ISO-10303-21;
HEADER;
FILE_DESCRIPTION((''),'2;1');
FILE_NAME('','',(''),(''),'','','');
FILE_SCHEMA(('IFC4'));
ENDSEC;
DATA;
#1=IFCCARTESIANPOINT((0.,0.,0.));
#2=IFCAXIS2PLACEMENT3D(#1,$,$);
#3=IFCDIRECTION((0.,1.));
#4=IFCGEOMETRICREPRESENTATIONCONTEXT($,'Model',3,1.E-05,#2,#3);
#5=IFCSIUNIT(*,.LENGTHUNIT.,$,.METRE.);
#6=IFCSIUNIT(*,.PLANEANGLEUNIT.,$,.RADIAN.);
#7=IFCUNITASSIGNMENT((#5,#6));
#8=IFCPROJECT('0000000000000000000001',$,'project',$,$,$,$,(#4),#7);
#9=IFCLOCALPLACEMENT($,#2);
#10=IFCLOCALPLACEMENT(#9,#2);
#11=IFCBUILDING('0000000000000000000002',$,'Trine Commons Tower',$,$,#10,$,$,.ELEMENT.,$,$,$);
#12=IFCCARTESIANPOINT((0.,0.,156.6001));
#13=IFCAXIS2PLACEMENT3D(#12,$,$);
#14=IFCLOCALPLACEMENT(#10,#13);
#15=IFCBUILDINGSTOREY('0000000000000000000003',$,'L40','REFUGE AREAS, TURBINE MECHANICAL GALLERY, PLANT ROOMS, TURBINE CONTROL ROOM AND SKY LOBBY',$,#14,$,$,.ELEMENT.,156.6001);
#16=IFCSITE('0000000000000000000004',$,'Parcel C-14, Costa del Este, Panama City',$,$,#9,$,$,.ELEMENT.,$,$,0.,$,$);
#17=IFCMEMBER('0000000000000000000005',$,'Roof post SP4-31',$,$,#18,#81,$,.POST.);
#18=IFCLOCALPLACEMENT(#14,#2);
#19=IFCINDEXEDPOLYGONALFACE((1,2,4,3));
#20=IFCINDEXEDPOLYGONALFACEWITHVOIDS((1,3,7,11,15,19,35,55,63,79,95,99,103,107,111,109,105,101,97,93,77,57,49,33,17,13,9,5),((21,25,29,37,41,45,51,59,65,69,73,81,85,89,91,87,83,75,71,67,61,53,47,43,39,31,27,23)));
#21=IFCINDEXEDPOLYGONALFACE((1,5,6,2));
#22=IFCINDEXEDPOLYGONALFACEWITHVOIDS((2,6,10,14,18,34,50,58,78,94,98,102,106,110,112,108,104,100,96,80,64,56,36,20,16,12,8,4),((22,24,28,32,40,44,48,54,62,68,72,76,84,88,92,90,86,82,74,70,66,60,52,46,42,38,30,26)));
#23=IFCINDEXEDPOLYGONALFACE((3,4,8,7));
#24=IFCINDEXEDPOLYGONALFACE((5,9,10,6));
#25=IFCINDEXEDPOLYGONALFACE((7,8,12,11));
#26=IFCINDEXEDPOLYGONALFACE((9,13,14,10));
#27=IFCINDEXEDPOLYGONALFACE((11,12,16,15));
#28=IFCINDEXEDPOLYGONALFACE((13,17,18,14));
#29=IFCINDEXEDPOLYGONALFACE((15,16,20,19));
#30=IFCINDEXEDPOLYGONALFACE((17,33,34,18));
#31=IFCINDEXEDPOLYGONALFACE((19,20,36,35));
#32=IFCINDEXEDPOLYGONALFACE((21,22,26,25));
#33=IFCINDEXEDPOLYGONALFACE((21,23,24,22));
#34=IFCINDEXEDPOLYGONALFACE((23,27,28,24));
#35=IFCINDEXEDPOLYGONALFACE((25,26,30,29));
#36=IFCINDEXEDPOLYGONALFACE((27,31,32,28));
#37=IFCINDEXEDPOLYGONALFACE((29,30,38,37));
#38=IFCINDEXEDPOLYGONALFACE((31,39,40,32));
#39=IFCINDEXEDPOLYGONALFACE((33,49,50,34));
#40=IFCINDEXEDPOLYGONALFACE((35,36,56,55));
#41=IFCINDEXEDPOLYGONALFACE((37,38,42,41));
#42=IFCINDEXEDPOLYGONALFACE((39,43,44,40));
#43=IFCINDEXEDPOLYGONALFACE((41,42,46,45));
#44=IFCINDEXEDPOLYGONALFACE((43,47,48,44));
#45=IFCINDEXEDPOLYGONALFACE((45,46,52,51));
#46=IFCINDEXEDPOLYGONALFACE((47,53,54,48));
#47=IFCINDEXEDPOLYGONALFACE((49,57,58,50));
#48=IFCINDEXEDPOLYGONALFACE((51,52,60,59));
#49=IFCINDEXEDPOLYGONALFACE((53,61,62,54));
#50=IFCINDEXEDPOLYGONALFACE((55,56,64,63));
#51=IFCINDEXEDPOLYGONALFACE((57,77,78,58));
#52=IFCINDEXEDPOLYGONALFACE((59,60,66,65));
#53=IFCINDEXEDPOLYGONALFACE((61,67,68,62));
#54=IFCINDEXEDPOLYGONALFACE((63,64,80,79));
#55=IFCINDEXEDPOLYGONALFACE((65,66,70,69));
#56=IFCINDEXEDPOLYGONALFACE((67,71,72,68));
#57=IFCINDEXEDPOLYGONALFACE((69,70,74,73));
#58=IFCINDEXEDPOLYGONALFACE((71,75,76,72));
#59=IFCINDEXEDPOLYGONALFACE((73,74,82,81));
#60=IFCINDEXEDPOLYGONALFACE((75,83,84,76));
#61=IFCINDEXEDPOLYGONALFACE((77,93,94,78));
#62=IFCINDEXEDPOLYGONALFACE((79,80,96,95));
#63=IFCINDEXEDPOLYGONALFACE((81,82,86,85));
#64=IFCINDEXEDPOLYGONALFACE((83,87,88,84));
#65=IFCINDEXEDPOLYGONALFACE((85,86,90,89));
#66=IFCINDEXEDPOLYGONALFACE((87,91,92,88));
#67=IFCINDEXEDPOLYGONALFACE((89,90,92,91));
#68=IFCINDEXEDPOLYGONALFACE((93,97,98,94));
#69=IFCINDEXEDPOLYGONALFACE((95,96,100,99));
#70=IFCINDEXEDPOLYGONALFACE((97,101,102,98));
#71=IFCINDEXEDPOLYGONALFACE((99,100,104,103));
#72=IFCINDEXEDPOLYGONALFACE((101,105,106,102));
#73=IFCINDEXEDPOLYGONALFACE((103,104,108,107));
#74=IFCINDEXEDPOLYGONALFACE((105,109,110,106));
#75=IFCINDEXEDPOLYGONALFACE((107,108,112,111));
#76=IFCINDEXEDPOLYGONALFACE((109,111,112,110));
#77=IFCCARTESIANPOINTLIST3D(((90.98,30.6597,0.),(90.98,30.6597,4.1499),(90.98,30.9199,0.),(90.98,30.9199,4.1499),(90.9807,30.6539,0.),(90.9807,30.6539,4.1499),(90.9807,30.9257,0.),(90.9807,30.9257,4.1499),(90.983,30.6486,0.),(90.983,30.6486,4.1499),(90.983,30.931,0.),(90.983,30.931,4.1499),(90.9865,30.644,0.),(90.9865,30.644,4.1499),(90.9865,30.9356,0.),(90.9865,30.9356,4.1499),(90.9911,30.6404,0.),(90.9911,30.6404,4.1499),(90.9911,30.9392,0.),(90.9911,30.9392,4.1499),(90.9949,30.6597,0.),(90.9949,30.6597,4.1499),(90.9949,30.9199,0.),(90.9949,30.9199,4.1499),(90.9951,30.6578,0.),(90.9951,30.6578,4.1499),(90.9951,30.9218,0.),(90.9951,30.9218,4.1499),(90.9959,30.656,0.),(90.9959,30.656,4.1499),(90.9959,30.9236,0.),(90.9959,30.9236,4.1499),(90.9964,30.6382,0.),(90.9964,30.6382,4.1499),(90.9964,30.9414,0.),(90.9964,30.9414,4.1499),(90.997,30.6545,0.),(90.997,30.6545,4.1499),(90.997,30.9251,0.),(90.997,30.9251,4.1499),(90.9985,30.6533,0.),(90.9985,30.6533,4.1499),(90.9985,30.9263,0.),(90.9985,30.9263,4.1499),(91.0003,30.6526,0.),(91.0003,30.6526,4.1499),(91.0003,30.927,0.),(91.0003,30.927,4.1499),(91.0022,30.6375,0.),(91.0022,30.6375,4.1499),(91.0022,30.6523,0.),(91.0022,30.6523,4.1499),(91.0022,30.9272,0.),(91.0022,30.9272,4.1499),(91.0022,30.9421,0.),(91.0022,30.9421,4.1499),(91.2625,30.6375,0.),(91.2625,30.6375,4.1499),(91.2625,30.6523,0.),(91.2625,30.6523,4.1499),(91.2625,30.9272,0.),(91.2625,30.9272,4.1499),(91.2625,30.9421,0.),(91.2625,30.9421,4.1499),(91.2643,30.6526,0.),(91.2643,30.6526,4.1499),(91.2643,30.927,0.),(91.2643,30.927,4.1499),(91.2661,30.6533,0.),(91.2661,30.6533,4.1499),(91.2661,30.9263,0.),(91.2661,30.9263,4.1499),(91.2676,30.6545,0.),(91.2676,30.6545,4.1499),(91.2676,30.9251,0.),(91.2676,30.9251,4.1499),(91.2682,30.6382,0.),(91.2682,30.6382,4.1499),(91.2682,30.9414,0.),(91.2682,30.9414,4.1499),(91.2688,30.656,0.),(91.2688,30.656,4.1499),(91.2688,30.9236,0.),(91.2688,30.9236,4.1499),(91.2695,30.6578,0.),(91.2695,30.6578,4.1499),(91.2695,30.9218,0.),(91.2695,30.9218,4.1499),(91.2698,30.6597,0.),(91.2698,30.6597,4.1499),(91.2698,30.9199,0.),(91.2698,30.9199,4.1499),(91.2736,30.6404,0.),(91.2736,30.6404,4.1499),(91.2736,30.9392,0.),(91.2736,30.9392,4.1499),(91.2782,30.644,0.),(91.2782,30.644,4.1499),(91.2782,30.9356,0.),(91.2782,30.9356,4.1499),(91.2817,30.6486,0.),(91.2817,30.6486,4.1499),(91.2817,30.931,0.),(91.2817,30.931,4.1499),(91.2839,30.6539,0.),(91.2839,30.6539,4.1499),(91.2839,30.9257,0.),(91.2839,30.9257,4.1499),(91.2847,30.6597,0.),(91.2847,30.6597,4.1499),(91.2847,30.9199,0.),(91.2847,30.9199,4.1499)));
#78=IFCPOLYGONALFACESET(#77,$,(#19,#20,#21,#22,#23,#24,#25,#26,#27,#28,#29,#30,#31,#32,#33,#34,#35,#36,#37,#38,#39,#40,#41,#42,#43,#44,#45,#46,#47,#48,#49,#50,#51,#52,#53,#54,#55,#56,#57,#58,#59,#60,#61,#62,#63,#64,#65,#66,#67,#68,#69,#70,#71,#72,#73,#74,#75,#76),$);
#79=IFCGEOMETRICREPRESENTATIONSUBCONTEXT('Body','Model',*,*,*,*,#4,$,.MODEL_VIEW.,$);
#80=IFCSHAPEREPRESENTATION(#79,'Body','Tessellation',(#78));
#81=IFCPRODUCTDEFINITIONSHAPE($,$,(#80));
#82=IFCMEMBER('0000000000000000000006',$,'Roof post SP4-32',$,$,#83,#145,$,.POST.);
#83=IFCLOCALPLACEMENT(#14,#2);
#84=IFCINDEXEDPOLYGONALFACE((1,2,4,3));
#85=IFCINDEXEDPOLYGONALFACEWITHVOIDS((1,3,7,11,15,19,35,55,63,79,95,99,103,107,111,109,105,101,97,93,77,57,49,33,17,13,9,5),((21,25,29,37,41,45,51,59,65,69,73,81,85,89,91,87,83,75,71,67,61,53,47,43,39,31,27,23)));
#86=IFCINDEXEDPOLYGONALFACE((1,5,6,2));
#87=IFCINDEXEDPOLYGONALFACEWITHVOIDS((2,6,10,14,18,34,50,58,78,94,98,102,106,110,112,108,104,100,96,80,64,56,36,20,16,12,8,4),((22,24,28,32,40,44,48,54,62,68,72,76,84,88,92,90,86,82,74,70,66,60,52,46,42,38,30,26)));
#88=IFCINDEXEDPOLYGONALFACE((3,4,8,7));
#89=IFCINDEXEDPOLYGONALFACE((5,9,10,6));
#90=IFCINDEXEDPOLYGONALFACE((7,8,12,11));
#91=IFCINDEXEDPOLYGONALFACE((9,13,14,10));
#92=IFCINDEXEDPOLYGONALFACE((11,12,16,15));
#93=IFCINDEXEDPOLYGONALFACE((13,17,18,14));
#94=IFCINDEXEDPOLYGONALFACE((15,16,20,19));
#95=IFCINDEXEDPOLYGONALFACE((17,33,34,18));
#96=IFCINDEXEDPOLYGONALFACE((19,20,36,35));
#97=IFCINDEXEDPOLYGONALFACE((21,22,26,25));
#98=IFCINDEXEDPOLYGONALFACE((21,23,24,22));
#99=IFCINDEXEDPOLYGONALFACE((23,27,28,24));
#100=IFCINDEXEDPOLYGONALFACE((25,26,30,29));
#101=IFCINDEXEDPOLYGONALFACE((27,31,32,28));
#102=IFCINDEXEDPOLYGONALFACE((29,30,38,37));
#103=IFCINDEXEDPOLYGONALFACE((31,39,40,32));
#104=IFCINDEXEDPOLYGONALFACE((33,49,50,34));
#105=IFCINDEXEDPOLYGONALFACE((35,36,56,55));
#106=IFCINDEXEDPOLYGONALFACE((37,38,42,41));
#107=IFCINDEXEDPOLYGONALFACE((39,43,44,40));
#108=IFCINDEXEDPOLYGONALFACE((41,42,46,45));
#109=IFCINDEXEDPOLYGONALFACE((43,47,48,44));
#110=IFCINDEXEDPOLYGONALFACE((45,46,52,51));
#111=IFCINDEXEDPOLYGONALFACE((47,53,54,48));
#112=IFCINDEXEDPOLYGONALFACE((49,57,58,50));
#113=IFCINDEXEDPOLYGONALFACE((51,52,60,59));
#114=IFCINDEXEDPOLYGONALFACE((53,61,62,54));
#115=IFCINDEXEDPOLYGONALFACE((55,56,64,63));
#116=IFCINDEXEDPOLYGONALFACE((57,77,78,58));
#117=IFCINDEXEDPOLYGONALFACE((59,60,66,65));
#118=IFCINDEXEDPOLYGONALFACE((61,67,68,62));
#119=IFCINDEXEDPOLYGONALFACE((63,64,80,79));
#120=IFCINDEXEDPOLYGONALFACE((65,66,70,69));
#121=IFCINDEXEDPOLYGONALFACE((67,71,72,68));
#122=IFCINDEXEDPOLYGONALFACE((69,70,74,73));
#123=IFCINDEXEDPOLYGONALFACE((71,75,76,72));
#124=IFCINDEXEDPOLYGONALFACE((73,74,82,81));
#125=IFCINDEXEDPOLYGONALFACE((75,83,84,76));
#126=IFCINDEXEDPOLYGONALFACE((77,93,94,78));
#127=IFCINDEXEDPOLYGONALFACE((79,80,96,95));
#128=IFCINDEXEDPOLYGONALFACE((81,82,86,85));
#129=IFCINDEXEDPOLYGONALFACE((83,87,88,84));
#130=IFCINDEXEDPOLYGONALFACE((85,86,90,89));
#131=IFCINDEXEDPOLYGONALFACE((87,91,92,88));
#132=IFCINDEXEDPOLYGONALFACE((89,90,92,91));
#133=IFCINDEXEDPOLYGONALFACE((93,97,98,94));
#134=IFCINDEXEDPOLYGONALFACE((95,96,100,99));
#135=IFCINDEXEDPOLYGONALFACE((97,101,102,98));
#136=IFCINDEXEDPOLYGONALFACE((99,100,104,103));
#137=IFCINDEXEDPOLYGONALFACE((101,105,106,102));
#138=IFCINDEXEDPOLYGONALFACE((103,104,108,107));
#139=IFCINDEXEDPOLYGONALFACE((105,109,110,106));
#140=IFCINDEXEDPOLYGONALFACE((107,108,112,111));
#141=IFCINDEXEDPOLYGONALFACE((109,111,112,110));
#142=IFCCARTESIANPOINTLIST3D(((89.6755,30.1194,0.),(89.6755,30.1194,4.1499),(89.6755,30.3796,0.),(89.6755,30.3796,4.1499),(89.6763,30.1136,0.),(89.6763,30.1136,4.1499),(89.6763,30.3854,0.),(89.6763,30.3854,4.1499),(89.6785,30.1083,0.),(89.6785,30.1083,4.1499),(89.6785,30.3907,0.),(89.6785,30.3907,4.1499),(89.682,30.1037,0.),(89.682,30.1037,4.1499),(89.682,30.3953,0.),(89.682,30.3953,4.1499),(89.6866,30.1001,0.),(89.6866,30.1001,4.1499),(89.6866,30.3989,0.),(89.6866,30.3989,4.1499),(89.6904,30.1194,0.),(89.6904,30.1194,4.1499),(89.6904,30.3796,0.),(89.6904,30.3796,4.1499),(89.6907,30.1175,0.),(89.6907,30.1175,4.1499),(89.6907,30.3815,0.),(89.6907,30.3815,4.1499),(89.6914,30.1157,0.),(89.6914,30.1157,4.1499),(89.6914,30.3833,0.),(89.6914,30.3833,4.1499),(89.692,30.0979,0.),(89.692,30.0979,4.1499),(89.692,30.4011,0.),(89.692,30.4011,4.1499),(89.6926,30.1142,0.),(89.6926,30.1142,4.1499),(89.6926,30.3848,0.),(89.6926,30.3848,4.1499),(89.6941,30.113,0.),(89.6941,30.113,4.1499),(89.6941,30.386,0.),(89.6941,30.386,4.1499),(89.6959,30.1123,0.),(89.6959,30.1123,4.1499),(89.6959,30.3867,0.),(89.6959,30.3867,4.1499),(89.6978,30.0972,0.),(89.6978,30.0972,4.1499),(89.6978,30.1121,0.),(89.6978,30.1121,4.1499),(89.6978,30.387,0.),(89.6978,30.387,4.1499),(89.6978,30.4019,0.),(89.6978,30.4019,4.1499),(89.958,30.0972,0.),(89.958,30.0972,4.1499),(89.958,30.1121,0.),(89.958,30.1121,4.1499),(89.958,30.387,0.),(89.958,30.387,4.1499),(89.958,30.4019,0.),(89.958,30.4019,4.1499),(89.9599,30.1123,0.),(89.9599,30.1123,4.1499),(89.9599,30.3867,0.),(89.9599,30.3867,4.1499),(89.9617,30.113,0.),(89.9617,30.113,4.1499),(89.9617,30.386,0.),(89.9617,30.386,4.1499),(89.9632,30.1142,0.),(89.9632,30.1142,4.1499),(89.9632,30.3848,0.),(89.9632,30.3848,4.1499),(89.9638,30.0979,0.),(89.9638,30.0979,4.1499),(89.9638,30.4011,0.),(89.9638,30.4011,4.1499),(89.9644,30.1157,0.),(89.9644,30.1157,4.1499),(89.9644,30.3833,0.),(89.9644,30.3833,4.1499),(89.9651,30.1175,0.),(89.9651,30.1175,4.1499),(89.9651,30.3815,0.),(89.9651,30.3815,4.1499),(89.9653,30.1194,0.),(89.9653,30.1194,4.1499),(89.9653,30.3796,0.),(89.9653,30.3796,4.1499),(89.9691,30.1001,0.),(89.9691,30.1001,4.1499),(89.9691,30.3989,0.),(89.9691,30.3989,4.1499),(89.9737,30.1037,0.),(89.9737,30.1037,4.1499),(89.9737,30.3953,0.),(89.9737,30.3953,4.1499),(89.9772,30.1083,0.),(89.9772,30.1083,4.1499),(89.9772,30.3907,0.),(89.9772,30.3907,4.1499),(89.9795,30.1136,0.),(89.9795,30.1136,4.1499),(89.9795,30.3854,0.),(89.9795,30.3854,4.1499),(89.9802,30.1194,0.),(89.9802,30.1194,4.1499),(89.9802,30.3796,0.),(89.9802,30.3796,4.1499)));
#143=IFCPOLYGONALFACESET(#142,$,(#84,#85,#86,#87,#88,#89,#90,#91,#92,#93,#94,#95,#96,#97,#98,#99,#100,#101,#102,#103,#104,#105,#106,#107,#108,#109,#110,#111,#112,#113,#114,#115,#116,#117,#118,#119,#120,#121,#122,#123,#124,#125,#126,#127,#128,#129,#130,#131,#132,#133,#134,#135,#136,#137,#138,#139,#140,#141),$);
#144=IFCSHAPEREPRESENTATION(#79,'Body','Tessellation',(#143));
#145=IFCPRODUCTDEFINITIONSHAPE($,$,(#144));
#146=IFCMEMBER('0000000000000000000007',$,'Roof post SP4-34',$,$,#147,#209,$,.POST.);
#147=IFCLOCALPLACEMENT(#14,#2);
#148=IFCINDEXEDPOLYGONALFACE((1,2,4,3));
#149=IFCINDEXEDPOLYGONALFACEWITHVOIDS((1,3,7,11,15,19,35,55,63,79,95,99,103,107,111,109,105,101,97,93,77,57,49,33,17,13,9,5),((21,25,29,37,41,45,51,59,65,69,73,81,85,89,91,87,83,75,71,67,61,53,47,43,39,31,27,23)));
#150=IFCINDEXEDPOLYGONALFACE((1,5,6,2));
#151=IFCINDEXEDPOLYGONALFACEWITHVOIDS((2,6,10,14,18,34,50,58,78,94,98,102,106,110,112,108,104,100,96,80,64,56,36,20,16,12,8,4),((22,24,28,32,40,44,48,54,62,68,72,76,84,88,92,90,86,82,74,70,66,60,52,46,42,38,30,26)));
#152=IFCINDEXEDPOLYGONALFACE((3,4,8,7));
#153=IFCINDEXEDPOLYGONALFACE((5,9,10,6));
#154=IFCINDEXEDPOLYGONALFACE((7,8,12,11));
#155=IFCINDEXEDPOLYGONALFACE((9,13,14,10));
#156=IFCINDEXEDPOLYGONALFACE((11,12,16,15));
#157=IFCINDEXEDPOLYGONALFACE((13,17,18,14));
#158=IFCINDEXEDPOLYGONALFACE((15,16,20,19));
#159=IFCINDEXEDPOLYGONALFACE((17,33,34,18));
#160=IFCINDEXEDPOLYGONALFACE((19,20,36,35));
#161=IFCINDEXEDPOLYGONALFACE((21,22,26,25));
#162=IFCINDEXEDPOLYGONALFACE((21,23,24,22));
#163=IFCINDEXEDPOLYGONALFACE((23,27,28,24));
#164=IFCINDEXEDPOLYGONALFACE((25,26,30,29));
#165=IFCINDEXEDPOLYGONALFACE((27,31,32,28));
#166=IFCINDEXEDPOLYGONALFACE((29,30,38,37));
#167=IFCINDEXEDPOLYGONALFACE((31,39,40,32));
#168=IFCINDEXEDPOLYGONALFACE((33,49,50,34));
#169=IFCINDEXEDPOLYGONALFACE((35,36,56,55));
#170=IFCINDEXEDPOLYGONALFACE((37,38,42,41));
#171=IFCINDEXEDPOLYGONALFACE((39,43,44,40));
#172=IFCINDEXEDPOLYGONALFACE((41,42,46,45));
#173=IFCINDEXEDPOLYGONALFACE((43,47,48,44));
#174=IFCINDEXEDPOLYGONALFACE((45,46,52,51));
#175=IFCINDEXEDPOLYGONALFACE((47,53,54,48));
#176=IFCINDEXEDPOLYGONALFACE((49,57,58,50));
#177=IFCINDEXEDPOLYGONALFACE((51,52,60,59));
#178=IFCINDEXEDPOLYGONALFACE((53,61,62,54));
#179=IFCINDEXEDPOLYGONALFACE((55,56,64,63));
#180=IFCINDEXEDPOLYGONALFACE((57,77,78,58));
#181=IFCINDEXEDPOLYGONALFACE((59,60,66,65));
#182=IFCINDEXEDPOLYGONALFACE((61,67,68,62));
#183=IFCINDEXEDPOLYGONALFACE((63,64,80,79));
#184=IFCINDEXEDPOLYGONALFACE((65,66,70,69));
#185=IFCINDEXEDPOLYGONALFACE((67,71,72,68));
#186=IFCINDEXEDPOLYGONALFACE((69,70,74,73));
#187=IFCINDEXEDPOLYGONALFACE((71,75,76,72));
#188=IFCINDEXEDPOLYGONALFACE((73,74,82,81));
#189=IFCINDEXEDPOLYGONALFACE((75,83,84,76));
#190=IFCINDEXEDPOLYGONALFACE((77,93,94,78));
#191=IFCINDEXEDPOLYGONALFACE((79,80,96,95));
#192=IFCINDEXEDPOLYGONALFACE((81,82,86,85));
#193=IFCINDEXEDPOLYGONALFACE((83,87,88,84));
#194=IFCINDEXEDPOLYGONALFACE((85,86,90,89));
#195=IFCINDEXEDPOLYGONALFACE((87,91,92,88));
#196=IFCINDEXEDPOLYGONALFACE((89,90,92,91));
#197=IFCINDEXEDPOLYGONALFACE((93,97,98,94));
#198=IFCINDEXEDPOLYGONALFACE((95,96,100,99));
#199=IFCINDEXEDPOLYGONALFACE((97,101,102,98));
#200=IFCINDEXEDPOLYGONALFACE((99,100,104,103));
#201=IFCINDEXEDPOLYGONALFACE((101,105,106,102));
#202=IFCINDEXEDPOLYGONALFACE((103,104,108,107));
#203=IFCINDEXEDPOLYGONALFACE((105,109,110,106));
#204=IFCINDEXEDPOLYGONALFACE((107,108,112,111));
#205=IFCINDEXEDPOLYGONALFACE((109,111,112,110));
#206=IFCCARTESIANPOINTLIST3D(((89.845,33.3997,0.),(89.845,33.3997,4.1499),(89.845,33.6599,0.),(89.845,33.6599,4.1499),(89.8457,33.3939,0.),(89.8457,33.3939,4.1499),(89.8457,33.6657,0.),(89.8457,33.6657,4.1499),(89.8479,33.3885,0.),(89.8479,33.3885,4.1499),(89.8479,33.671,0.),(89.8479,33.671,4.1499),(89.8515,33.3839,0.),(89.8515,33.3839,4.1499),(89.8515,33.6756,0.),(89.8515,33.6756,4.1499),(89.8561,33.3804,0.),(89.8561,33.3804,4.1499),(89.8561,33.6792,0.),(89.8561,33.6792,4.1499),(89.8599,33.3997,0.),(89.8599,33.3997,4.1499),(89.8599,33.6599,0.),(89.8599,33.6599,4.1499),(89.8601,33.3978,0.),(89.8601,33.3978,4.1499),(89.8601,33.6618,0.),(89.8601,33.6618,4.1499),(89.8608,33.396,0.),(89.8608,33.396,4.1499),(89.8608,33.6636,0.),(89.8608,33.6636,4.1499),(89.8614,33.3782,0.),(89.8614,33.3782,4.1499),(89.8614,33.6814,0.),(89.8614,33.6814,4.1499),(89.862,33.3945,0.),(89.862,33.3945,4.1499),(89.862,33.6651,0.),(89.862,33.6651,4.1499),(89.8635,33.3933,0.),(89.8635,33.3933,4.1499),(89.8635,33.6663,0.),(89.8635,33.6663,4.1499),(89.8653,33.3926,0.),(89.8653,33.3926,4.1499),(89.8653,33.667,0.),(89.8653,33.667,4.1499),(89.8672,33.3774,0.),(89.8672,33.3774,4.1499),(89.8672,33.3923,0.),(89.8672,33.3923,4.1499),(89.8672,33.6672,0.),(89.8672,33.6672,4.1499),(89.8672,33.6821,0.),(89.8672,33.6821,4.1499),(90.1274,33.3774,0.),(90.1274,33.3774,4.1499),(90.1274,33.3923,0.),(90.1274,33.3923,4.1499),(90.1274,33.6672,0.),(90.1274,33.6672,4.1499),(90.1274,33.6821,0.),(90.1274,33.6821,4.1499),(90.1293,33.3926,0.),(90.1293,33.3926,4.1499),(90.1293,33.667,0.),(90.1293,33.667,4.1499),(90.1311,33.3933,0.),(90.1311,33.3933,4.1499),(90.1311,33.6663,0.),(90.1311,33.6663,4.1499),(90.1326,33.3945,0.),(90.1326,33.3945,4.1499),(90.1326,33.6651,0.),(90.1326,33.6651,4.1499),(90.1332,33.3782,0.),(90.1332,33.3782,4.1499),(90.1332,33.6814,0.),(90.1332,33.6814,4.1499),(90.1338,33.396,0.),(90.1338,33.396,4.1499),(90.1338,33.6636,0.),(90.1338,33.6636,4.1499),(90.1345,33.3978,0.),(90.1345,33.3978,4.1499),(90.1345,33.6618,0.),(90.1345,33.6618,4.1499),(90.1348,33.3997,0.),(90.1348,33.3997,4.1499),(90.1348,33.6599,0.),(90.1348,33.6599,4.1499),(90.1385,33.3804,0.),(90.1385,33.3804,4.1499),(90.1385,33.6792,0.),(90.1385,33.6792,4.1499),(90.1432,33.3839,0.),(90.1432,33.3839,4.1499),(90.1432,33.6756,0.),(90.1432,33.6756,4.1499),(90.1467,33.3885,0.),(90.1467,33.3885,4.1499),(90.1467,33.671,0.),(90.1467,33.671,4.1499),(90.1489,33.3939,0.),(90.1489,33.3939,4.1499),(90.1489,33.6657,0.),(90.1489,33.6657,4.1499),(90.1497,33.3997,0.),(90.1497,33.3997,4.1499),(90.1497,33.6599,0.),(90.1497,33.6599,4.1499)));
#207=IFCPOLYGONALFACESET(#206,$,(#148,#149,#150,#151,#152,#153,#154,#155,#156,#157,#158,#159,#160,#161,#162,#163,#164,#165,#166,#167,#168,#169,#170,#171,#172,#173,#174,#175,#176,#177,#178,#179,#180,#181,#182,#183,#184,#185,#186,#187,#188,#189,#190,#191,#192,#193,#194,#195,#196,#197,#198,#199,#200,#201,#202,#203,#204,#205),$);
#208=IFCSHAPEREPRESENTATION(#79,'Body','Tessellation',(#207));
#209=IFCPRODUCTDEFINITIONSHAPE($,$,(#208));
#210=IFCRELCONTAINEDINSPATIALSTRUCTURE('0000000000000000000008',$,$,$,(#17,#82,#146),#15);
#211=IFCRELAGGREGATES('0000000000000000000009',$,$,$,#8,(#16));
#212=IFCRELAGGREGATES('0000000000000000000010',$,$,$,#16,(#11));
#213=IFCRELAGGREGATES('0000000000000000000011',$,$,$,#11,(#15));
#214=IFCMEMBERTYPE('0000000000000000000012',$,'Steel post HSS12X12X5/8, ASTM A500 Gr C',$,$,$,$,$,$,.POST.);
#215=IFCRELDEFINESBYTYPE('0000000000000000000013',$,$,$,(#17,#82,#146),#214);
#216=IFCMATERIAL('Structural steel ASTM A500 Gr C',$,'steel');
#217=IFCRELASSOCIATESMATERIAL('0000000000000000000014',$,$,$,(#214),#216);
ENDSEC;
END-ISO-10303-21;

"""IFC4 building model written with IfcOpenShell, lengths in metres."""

from ifc_helpers import new_model, si_unit, direction, frame, origin, origin_2d, place, context, subcontext, project, spatial, hollow_rectangle, extrude, material, material_profile, profile_set, type_object, element, save


model = new_model("IFC4")

# Units and contexts
model_context = context("Model", 3, precision=1e-05, world=origin(), true_north=direction((0.0, 1.0)))
body_context = subcontext(model_context, "Body", "Model", "MODEL_VIEW")
ifc_project = project(units=[si_unit("LENGTHUNIT", "METRE"), si_unit("PLANEANGLEUNIT", "RADIAN")], contexts=[model_context])

# Site, building, storey
site_placement = place(None, origin())
site = spatial("IfcSite", under=ifc_project, at=site_placement, Name="Parcel C-14, Costa del Este, Panama City", CompositionType="ELEMENT", RefElevation=0.0)
building_placement = place(site_placement, origin())
building = spatial("IfcBuilding", under=site, at=building_placement, Name="Trine Commons Tower", CompositionType="ELEMENT")
storey_placement = place(building_placement, frame((0.0, 0.0, 156.6001)))
storey = spatial("IfcBuildingStorey", under=building, at=storey_placement, Name="L40", Description="REFUGE AREAS, TURBINE MECHANICAL GALLERY, PLANT ROOMS, TURBINE CONTROL ROOM AND SKY LOBBY", CompositionType="ELEMENT", Elevation=156.6001)

# Members
ifc_material_1 = material(Name="Structural steel ASTM A500 Gr C", Category="steel")
ifc_material_profile_1 = material_profile(ifc_material_1, hollow_rectangle(XDim=0.3047, YDim=0.3047, WallThickness=0.0149, InnerFilletRadius=0.0073, OuterFilletRadius=0.0222, at=origin_2d()), Name="HSS12X12X5/8")
ifc_profile_set_1 = profile_set([ifc_material_profile_1], Name="Structural steel ASTM A500 Gr C")
member_type_1 = type_object("IfcMemberType", Name="Steel post HSS12X12X5/8, ASTM A500 Gr C", PredefinedType="POST", material=ifc_profile_set_1)
for number, where, z_axis, x_axis, name in (
    (1, (91.1323, 30.7898, 0.0), (0.0, 0.0, 1.0), (1.0, 0.0, 0.0), "Roof post SP4-31"),
    (2, (89.8279, 30.2495, 0.0), (0.0, 0.0, 1.0), (1.0, 0.0, 0.0), "Roof post SP4-32"),
    (3, (89.9973, 33.5298, 0.0), (0.0, 0.0, 1.0), (1.0, 0.0, 0.0), "Roof post SP4-34"),
):
    element("IfcMember", number, at=place(storey_placement, frame(where, z_axis=z_axis, x_axis=x_axis)), inside=storey, type_object=member_type_1, Name=name, PredefinedType="POST", context=body_context, shape_type="SweptSolid", body=[
        extrude(hollow_rectangle(XDim=0.3047, YDim=0.3047, WallThickness=0.0149, InnerFilletRadius=0.0073, OuterFilletRadius=0.0222, at=origin_2d()), origin(), (0.0, 0.0, 1.0), 4.1499),
    ])

save(model, "model.ifc")
